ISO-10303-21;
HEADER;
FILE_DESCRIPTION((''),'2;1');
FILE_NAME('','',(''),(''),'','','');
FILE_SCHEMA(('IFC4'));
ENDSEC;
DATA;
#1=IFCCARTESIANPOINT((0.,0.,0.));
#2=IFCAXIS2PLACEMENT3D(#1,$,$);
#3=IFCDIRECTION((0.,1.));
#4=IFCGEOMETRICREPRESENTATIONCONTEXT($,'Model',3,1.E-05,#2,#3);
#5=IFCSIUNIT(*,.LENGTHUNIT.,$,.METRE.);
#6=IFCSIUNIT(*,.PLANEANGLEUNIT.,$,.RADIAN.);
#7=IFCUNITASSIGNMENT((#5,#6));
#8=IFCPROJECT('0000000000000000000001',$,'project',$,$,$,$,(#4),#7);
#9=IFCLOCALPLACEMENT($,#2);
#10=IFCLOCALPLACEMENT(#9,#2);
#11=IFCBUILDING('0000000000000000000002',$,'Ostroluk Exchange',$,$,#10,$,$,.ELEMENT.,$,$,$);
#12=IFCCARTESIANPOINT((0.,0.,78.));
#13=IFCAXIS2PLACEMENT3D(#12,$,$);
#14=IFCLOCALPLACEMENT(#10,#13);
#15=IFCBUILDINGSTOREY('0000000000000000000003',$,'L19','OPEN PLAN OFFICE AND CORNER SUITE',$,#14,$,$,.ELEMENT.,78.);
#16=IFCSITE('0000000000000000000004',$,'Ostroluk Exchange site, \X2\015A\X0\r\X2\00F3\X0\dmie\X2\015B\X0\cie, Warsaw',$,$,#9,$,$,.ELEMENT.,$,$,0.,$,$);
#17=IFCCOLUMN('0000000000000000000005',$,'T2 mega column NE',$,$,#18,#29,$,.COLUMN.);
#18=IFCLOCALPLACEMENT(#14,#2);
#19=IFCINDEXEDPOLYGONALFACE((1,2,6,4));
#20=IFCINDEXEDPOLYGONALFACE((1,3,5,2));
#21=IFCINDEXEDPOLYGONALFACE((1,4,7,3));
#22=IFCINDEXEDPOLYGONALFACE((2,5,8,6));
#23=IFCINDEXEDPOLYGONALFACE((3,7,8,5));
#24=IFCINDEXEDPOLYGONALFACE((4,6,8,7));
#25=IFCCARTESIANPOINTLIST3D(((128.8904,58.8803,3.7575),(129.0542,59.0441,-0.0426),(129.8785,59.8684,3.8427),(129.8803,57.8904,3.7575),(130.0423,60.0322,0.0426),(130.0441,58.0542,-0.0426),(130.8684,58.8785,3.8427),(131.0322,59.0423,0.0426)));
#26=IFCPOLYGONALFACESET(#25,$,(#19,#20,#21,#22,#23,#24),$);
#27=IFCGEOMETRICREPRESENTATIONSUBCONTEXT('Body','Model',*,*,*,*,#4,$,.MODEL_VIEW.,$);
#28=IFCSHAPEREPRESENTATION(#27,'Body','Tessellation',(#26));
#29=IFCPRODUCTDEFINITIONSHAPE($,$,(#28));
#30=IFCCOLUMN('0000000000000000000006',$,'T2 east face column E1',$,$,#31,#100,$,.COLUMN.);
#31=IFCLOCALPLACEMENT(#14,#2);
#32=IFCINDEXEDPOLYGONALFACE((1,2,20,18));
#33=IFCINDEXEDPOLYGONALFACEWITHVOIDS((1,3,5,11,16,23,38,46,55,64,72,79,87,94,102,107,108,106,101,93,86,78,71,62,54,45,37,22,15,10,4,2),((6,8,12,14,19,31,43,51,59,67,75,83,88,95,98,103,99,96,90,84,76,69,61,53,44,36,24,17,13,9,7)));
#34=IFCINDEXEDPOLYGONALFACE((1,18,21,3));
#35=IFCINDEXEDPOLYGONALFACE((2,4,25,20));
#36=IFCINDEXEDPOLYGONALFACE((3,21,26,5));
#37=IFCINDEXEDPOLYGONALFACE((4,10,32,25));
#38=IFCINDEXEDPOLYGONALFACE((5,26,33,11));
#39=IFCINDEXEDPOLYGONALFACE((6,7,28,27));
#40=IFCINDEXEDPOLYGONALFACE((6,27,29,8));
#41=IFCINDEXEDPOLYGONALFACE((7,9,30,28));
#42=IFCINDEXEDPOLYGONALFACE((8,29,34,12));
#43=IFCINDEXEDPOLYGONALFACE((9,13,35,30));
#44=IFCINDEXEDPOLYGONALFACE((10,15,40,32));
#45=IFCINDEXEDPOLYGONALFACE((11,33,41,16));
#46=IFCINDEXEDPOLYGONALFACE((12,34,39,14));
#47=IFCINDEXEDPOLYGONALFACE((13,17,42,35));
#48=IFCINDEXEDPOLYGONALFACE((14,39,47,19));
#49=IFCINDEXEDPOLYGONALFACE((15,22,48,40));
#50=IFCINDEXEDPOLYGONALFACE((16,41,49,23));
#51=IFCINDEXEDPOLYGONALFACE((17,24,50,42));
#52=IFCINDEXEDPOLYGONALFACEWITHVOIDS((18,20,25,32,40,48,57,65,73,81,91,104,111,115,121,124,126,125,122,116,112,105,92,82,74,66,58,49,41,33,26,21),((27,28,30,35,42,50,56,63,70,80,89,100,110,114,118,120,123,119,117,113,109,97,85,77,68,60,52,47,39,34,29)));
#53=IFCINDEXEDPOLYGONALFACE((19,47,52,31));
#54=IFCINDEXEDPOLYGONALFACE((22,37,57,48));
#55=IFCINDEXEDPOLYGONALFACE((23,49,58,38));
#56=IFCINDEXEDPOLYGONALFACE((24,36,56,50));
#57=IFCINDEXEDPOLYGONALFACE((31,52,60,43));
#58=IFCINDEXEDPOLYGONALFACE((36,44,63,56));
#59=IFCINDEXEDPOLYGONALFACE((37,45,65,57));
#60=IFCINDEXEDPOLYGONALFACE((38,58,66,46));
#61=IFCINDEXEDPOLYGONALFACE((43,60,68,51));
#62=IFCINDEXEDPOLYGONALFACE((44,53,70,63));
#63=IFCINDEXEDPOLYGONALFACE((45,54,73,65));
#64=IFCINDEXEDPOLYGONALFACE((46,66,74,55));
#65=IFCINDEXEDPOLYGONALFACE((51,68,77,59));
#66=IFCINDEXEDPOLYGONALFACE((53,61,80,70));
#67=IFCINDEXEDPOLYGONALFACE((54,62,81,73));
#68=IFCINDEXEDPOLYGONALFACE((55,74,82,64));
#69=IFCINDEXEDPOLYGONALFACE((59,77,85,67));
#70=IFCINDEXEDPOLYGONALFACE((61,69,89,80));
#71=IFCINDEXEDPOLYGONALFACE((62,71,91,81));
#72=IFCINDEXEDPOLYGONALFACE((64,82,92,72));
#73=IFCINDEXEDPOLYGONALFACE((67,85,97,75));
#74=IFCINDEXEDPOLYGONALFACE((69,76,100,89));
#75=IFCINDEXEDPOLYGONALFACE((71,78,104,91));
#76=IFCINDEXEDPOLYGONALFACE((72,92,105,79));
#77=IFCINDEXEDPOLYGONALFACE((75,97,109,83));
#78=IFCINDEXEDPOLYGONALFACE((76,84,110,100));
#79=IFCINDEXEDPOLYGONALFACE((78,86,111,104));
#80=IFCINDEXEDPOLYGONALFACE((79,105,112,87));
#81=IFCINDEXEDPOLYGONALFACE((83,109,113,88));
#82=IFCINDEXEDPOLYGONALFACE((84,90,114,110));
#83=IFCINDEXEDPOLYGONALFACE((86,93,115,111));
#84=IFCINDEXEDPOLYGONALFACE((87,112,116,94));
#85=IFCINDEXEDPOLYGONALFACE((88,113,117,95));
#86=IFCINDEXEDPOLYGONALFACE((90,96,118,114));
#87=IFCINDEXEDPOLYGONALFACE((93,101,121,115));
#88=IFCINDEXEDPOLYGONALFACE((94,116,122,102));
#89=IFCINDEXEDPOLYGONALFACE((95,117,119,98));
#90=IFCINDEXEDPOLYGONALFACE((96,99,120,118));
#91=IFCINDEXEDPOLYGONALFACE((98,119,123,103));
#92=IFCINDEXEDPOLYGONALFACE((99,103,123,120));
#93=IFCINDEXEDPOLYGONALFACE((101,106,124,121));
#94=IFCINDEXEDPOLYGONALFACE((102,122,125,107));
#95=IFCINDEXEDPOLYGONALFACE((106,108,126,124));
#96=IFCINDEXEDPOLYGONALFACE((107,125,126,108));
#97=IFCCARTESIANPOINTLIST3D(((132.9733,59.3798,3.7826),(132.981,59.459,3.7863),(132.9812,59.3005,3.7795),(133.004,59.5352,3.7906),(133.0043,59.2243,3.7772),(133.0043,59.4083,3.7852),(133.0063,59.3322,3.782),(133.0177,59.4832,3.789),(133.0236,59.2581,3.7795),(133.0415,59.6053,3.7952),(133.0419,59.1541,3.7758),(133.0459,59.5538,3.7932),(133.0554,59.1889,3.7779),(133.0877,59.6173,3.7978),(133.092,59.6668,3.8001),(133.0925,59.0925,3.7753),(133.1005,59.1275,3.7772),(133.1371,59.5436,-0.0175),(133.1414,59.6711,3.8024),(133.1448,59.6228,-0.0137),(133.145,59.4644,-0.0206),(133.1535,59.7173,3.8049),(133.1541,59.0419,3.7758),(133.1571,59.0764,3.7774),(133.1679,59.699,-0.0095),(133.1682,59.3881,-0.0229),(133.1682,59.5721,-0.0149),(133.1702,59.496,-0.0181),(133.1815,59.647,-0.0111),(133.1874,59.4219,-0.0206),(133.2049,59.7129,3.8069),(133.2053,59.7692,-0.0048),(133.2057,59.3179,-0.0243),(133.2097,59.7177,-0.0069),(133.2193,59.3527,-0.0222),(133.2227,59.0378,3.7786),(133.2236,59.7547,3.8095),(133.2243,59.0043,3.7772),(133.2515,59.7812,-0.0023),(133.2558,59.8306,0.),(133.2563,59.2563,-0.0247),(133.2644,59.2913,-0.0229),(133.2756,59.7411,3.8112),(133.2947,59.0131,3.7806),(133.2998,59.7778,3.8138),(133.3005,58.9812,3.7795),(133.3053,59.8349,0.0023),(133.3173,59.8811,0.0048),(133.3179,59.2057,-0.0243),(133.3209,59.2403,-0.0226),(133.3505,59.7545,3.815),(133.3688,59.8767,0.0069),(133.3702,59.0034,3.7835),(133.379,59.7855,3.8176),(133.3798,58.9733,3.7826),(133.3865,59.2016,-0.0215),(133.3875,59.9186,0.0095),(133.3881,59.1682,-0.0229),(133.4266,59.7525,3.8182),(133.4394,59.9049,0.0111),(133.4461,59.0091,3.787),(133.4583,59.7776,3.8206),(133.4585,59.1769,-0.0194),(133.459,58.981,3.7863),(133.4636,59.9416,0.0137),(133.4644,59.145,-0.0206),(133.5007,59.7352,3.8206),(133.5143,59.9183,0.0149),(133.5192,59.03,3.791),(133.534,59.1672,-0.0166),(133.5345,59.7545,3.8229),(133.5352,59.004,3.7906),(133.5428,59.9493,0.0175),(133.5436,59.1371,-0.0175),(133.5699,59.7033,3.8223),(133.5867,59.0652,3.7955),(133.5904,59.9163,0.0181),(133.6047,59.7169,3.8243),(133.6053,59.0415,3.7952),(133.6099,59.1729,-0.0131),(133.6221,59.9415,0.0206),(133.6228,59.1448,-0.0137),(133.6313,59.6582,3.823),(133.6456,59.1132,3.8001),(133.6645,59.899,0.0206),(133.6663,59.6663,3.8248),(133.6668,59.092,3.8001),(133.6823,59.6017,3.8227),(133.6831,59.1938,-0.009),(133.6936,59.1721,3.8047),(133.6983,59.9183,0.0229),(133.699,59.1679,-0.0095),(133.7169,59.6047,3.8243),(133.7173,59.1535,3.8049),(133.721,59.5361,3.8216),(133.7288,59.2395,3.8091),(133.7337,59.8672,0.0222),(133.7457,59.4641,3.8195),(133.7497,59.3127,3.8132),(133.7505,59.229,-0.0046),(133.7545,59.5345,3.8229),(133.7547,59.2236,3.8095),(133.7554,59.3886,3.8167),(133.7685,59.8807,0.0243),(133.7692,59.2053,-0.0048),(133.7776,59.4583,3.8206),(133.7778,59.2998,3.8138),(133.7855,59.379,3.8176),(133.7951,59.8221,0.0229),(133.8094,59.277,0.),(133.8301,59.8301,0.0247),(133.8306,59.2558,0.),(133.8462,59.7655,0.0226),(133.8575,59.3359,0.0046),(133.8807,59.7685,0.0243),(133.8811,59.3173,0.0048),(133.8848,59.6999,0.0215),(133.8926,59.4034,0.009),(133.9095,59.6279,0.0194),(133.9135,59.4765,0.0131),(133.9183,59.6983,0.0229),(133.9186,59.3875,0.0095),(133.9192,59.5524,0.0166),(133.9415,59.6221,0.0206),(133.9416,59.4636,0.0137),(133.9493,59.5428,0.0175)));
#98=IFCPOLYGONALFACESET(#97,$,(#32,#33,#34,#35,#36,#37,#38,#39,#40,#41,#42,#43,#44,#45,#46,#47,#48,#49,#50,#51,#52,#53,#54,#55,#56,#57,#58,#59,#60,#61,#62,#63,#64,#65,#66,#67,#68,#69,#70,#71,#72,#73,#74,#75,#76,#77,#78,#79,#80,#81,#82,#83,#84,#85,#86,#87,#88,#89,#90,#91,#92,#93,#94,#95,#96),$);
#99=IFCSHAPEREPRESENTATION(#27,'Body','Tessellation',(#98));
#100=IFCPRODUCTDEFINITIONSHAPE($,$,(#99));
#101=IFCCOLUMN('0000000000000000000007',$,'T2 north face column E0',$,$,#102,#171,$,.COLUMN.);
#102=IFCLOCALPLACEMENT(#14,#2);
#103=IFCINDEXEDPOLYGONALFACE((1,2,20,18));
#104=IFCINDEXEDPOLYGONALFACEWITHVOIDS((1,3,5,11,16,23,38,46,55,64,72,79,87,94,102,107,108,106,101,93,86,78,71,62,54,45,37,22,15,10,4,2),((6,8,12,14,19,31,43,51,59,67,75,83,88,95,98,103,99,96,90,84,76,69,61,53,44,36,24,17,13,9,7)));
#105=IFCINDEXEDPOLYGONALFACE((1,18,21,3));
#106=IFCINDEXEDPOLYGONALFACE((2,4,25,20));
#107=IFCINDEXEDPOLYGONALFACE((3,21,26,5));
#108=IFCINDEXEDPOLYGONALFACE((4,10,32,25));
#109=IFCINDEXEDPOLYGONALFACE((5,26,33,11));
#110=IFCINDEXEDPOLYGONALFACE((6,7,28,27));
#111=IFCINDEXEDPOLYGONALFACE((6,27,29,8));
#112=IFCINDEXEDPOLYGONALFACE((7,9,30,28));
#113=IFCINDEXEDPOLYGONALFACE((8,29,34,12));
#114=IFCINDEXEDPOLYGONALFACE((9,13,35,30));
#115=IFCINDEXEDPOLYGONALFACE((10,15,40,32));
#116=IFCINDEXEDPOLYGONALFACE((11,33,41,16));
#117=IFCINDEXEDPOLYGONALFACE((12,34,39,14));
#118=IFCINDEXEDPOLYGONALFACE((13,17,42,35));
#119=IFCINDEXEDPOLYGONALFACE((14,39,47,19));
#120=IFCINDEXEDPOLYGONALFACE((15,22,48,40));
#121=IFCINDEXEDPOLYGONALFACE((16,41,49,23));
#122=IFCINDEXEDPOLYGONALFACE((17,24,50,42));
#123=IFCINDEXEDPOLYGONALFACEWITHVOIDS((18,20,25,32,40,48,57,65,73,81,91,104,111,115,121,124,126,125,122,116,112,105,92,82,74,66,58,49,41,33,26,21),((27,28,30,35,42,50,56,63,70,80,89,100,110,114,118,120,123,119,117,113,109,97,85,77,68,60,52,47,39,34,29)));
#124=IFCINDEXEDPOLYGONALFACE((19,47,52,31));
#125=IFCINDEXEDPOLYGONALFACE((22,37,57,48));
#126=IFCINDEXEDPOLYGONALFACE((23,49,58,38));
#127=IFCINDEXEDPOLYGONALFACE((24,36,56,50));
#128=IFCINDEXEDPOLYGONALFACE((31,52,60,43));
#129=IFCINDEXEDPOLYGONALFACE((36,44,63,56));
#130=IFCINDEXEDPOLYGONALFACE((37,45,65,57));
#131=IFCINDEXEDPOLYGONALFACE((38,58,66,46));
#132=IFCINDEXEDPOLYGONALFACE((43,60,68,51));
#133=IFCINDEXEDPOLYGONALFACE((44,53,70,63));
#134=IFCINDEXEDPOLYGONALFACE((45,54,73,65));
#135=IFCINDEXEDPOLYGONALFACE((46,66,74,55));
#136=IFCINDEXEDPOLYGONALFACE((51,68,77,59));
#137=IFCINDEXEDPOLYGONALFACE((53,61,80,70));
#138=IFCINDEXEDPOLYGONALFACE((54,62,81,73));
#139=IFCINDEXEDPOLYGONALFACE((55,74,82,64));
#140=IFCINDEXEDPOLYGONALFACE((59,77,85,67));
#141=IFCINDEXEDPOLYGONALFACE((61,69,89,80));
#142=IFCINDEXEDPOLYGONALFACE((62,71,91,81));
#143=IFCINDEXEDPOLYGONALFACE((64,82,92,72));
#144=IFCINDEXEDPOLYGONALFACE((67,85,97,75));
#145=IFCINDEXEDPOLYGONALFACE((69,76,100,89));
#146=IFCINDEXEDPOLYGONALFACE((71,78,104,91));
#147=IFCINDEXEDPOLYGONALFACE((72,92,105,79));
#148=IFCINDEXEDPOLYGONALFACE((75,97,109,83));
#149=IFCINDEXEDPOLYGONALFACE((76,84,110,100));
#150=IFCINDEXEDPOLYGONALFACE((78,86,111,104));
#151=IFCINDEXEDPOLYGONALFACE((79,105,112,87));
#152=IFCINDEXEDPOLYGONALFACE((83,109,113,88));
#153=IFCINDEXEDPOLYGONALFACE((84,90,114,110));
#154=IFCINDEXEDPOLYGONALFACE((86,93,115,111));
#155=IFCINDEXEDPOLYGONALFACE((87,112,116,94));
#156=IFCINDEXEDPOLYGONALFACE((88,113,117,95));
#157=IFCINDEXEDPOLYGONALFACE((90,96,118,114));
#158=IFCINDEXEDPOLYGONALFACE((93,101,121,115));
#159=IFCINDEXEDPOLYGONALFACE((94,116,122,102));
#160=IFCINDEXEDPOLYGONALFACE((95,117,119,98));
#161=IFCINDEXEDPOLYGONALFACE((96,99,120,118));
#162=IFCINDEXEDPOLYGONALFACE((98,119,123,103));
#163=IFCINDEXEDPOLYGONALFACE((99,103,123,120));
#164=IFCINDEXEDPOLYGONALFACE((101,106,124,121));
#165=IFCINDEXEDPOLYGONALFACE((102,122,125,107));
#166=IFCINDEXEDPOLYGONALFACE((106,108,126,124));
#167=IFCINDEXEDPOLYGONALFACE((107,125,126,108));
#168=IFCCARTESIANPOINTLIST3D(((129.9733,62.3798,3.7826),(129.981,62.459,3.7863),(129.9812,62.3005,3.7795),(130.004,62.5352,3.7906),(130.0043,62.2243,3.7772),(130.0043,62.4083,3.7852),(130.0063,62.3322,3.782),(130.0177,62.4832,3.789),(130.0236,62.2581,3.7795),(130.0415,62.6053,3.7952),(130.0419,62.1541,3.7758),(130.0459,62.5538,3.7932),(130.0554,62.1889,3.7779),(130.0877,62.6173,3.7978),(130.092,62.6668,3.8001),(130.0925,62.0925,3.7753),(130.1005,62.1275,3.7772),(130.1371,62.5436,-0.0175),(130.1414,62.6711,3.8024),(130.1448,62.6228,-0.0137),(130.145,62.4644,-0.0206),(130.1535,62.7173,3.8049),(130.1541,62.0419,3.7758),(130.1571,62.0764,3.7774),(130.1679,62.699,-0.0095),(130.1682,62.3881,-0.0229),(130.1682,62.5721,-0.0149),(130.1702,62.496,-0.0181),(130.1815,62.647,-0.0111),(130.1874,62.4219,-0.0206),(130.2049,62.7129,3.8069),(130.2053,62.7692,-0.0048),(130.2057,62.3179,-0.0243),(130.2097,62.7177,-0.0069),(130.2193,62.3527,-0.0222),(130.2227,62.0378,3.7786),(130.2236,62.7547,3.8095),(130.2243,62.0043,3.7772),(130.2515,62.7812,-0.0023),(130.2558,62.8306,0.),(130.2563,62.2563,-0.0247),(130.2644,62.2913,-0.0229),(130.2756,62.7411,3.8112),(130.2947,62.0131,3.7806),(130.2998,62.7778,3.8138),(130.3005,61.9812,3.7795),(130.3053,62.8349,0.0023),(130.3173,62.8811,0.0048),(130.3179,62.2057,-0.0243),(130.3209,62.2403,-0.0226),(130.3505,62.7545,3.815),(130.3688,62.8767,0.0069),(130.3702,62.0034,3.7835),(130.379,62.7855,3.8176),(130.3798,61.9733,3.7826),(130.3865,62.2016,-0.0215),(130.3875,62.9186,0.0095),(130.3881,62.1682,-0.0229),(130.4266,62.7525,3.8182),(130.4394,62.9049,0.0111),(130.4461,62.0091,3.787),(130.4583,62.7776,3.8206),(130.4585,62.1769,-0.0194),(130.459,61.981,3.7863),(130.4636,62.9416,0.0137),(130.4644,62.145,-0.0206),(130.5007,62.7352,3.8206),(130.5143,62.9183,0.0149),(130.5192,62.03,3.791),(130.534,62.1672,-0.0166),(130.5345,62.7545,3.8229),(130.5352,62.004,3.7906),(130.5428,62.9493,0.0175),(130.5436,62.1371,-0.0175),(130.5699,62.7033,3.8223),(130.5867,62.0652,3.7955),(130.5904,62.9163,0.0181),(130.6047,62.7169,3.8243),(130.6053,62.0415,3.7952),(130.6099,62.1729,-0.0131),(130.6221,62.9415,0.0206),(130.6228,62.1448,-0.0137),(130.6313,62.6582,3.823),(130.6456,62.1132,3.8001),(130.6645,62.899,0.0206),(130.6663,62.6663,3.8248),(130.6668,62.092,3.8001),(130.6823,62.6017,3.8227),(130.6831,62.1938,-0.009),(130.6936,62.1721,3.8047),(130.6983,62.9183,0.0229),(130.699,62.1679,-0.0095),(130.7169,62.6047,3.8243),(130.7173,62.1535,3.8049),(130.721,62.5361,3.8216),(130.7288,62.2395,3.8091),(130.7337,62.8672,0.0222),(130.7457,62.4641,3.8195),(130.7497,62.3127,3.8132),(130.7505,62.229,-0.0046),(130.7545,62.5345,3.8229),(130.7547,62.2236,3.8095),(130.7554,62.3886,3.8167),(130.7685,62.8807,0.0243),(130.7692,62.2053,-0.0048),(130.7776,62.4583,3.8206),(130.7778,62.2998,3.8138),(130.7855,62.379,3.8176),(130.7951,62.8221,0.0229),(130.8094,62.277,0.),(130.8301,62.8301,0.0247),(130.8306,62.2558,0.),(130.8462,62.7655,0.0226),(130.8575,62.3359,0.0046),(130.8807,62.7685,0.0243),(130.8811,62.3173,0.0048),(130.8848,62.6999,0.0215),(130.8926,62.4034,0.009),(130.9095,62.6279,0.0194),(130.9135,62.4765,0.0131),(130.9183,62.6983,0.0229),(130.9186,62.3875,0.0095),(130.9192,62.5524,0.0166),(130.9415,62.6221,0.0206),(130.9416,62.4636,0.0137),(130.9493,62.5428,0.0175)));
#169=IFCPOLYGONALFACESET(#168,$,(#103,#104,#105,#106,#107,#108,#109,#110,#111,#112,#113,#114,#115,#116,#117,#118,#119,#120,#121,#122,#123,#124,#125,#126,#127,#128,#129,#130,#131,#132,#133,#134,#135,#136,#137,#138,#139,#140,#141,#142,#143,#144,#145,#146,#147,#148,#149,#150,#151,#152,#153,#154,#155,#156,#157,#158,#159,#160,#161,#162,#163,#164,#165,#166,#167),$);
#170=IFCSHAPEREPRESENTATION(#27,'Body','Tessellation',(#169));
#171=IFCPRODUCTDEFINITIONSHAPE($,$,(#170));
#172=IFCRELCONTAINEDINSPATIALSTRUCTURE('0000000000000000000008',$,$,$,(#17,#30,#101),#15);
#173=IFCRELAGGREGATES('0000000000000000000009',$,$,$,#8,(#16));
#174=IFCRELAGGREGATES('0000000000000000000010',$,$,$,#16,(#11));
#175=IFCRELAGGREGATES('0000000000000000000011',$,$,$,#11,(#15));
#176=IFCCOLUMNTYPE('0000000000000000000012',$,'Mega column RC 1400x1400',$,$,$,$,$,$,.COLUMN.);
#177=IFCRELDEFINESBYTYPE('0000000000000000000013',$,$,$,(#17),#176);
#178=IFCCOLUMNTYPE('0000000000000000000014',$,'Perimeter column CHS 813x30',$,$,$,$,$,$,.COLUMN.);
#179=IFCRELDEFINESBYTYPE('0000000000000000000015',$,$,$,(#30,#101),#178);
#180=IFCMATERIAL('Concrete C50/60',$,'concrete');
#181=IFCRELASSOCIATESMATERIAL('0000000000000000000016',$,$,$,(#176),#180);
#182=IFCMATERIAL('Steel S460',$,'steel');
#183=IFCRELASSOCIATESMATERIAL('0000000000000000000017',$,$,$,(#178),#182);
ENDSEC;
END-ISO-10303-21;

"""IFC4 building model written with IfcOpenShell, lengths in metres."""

from ifc_helpers import new_model, si_unit, direction, frame, origin, origin_2d, place, context, subcontext, project, spatial, rectangle, hollow_circle, extrude, material, material_profile, profile_set, type_object, element, save


model = new_model("IFC4")

# Units and contexts
model_context = context("Model", 3, precision=1e-05, world=origin(), true_north=direction((0.0, 1.0)))
body_context = subcontext(model_context, "Body", "Model", "MODEL_VIEW")
ifc_project = project(units=[si_unit("LENGTHUNIT", "METRE"), si_unit("PLANEANGLEUNIT", "RADIAN")], contexts=[model_context])

# Site, building, storey
site_placement = place(None, origin())
site = spatial("IfcSite", under=ifc_project, at=site_placement, Name="Ostroluk Exchange site, Śródmieście, Warsaw", CompositionType="ELEMENT", RefElevation=0.0)
building_placement = place(site_placement, origin())
building = spatial("IfcBuilding", under=site, at=building_placement, Name="Ostroluk Exchange", CompositionType="ELEMENT")
storey_placement = place(building_placement, frame((0.0, 0.0, 78.0)))
storey = spatial("IfcBuildingStorey", under=building, at=storey_placement, Name="L19", Description="OPEN PLAN OFFICE AND CORNER SUITE", CompositionType="ELEMENT", Elevation=78.0)

# Columns
ifc_material_1 = material(Name="Concrete C50/60", Category="concrete")
ifc_material_profile_1 = material_profile(ifc_material_1, rectangle(XDim=1.3999, YDim=1.3999, at=origin_2d()), Name="RC 1400x1400")
ifc_profile_set_1 = profile_set([ifc_material_profile_1], Name="Concrete C50/60")
column_type_1 = type_object("IfcColumnType", Name="Mega column RC 1400x1400", PredefinedType="COLUMN", material=ifc_profile_set_1)
column_placement = place(storey_placement, frame((130.0432, 59.0432, 0.0), z_axis=(-0.04303, -0.04303, 0.998147), x_axis=(0.707107, -0.707107, 0.0)))
element("IfcColumn", 1, at=column_placement, inside=storey, type_object=column_type_1, Name="T2 mega column NE", PredefinedType="COLUMN", context=body_context, shape_type="SweptSolid", body=[
    extrude(rectangle(XDim=1.3999, YDim=1.3999, at=origin_2d()), origin(), (0.0, 0.0, 1.0), 3.8071),
])
ifc_material_2 = material(Name="Steel S460", Category="steel")
ifc_material_profile_2 = material_profile(ifc_material_2, hollow_circle(Radius=0.4065, WallThickness=0.03, at=origin_2d()), Name="CHS 813x30")
ifc_profile_set_2 = profile_set([ifc_material_profile_2], Name="Steel S460")
column_type_2 = type_object("IfcColumnType", Name="Perimeter column CHS 813x30", PredefinedType="COLUMN", material=ifc_profile_set_2)
for number, where, z_axis, x_axis, name in (
    (2, (133.5432, 59.5432, 0.0), (-0.04303, -0.04303, 0.998147), (0.707107, -0.707107, 0.0), "T2 east face column E1"),
    (3, (130.5432, 62.5432, 0.0), (-0.04303, -0.04303, 0.998147), (0.707107, -0.707107, 0.0), "T2 north face column E0"),
):
    element("IfcColumn", number, at=place(storey_placement, frame(where, z_axis=z_axis, x_axis=x_axis)), inside=storey, type_object=column_type_2, Name=name, PredefinedType="COLUMN", context=body_context, shape_type="SweptSolid", body=[
        extrude(hollow_circle(Radius=0.4065, WallThickness=0.03, at=origin_2d()), origin(), (0.0, 0.0, 1.0), 3.8071),
    ])

save(model, "model.ifc")
